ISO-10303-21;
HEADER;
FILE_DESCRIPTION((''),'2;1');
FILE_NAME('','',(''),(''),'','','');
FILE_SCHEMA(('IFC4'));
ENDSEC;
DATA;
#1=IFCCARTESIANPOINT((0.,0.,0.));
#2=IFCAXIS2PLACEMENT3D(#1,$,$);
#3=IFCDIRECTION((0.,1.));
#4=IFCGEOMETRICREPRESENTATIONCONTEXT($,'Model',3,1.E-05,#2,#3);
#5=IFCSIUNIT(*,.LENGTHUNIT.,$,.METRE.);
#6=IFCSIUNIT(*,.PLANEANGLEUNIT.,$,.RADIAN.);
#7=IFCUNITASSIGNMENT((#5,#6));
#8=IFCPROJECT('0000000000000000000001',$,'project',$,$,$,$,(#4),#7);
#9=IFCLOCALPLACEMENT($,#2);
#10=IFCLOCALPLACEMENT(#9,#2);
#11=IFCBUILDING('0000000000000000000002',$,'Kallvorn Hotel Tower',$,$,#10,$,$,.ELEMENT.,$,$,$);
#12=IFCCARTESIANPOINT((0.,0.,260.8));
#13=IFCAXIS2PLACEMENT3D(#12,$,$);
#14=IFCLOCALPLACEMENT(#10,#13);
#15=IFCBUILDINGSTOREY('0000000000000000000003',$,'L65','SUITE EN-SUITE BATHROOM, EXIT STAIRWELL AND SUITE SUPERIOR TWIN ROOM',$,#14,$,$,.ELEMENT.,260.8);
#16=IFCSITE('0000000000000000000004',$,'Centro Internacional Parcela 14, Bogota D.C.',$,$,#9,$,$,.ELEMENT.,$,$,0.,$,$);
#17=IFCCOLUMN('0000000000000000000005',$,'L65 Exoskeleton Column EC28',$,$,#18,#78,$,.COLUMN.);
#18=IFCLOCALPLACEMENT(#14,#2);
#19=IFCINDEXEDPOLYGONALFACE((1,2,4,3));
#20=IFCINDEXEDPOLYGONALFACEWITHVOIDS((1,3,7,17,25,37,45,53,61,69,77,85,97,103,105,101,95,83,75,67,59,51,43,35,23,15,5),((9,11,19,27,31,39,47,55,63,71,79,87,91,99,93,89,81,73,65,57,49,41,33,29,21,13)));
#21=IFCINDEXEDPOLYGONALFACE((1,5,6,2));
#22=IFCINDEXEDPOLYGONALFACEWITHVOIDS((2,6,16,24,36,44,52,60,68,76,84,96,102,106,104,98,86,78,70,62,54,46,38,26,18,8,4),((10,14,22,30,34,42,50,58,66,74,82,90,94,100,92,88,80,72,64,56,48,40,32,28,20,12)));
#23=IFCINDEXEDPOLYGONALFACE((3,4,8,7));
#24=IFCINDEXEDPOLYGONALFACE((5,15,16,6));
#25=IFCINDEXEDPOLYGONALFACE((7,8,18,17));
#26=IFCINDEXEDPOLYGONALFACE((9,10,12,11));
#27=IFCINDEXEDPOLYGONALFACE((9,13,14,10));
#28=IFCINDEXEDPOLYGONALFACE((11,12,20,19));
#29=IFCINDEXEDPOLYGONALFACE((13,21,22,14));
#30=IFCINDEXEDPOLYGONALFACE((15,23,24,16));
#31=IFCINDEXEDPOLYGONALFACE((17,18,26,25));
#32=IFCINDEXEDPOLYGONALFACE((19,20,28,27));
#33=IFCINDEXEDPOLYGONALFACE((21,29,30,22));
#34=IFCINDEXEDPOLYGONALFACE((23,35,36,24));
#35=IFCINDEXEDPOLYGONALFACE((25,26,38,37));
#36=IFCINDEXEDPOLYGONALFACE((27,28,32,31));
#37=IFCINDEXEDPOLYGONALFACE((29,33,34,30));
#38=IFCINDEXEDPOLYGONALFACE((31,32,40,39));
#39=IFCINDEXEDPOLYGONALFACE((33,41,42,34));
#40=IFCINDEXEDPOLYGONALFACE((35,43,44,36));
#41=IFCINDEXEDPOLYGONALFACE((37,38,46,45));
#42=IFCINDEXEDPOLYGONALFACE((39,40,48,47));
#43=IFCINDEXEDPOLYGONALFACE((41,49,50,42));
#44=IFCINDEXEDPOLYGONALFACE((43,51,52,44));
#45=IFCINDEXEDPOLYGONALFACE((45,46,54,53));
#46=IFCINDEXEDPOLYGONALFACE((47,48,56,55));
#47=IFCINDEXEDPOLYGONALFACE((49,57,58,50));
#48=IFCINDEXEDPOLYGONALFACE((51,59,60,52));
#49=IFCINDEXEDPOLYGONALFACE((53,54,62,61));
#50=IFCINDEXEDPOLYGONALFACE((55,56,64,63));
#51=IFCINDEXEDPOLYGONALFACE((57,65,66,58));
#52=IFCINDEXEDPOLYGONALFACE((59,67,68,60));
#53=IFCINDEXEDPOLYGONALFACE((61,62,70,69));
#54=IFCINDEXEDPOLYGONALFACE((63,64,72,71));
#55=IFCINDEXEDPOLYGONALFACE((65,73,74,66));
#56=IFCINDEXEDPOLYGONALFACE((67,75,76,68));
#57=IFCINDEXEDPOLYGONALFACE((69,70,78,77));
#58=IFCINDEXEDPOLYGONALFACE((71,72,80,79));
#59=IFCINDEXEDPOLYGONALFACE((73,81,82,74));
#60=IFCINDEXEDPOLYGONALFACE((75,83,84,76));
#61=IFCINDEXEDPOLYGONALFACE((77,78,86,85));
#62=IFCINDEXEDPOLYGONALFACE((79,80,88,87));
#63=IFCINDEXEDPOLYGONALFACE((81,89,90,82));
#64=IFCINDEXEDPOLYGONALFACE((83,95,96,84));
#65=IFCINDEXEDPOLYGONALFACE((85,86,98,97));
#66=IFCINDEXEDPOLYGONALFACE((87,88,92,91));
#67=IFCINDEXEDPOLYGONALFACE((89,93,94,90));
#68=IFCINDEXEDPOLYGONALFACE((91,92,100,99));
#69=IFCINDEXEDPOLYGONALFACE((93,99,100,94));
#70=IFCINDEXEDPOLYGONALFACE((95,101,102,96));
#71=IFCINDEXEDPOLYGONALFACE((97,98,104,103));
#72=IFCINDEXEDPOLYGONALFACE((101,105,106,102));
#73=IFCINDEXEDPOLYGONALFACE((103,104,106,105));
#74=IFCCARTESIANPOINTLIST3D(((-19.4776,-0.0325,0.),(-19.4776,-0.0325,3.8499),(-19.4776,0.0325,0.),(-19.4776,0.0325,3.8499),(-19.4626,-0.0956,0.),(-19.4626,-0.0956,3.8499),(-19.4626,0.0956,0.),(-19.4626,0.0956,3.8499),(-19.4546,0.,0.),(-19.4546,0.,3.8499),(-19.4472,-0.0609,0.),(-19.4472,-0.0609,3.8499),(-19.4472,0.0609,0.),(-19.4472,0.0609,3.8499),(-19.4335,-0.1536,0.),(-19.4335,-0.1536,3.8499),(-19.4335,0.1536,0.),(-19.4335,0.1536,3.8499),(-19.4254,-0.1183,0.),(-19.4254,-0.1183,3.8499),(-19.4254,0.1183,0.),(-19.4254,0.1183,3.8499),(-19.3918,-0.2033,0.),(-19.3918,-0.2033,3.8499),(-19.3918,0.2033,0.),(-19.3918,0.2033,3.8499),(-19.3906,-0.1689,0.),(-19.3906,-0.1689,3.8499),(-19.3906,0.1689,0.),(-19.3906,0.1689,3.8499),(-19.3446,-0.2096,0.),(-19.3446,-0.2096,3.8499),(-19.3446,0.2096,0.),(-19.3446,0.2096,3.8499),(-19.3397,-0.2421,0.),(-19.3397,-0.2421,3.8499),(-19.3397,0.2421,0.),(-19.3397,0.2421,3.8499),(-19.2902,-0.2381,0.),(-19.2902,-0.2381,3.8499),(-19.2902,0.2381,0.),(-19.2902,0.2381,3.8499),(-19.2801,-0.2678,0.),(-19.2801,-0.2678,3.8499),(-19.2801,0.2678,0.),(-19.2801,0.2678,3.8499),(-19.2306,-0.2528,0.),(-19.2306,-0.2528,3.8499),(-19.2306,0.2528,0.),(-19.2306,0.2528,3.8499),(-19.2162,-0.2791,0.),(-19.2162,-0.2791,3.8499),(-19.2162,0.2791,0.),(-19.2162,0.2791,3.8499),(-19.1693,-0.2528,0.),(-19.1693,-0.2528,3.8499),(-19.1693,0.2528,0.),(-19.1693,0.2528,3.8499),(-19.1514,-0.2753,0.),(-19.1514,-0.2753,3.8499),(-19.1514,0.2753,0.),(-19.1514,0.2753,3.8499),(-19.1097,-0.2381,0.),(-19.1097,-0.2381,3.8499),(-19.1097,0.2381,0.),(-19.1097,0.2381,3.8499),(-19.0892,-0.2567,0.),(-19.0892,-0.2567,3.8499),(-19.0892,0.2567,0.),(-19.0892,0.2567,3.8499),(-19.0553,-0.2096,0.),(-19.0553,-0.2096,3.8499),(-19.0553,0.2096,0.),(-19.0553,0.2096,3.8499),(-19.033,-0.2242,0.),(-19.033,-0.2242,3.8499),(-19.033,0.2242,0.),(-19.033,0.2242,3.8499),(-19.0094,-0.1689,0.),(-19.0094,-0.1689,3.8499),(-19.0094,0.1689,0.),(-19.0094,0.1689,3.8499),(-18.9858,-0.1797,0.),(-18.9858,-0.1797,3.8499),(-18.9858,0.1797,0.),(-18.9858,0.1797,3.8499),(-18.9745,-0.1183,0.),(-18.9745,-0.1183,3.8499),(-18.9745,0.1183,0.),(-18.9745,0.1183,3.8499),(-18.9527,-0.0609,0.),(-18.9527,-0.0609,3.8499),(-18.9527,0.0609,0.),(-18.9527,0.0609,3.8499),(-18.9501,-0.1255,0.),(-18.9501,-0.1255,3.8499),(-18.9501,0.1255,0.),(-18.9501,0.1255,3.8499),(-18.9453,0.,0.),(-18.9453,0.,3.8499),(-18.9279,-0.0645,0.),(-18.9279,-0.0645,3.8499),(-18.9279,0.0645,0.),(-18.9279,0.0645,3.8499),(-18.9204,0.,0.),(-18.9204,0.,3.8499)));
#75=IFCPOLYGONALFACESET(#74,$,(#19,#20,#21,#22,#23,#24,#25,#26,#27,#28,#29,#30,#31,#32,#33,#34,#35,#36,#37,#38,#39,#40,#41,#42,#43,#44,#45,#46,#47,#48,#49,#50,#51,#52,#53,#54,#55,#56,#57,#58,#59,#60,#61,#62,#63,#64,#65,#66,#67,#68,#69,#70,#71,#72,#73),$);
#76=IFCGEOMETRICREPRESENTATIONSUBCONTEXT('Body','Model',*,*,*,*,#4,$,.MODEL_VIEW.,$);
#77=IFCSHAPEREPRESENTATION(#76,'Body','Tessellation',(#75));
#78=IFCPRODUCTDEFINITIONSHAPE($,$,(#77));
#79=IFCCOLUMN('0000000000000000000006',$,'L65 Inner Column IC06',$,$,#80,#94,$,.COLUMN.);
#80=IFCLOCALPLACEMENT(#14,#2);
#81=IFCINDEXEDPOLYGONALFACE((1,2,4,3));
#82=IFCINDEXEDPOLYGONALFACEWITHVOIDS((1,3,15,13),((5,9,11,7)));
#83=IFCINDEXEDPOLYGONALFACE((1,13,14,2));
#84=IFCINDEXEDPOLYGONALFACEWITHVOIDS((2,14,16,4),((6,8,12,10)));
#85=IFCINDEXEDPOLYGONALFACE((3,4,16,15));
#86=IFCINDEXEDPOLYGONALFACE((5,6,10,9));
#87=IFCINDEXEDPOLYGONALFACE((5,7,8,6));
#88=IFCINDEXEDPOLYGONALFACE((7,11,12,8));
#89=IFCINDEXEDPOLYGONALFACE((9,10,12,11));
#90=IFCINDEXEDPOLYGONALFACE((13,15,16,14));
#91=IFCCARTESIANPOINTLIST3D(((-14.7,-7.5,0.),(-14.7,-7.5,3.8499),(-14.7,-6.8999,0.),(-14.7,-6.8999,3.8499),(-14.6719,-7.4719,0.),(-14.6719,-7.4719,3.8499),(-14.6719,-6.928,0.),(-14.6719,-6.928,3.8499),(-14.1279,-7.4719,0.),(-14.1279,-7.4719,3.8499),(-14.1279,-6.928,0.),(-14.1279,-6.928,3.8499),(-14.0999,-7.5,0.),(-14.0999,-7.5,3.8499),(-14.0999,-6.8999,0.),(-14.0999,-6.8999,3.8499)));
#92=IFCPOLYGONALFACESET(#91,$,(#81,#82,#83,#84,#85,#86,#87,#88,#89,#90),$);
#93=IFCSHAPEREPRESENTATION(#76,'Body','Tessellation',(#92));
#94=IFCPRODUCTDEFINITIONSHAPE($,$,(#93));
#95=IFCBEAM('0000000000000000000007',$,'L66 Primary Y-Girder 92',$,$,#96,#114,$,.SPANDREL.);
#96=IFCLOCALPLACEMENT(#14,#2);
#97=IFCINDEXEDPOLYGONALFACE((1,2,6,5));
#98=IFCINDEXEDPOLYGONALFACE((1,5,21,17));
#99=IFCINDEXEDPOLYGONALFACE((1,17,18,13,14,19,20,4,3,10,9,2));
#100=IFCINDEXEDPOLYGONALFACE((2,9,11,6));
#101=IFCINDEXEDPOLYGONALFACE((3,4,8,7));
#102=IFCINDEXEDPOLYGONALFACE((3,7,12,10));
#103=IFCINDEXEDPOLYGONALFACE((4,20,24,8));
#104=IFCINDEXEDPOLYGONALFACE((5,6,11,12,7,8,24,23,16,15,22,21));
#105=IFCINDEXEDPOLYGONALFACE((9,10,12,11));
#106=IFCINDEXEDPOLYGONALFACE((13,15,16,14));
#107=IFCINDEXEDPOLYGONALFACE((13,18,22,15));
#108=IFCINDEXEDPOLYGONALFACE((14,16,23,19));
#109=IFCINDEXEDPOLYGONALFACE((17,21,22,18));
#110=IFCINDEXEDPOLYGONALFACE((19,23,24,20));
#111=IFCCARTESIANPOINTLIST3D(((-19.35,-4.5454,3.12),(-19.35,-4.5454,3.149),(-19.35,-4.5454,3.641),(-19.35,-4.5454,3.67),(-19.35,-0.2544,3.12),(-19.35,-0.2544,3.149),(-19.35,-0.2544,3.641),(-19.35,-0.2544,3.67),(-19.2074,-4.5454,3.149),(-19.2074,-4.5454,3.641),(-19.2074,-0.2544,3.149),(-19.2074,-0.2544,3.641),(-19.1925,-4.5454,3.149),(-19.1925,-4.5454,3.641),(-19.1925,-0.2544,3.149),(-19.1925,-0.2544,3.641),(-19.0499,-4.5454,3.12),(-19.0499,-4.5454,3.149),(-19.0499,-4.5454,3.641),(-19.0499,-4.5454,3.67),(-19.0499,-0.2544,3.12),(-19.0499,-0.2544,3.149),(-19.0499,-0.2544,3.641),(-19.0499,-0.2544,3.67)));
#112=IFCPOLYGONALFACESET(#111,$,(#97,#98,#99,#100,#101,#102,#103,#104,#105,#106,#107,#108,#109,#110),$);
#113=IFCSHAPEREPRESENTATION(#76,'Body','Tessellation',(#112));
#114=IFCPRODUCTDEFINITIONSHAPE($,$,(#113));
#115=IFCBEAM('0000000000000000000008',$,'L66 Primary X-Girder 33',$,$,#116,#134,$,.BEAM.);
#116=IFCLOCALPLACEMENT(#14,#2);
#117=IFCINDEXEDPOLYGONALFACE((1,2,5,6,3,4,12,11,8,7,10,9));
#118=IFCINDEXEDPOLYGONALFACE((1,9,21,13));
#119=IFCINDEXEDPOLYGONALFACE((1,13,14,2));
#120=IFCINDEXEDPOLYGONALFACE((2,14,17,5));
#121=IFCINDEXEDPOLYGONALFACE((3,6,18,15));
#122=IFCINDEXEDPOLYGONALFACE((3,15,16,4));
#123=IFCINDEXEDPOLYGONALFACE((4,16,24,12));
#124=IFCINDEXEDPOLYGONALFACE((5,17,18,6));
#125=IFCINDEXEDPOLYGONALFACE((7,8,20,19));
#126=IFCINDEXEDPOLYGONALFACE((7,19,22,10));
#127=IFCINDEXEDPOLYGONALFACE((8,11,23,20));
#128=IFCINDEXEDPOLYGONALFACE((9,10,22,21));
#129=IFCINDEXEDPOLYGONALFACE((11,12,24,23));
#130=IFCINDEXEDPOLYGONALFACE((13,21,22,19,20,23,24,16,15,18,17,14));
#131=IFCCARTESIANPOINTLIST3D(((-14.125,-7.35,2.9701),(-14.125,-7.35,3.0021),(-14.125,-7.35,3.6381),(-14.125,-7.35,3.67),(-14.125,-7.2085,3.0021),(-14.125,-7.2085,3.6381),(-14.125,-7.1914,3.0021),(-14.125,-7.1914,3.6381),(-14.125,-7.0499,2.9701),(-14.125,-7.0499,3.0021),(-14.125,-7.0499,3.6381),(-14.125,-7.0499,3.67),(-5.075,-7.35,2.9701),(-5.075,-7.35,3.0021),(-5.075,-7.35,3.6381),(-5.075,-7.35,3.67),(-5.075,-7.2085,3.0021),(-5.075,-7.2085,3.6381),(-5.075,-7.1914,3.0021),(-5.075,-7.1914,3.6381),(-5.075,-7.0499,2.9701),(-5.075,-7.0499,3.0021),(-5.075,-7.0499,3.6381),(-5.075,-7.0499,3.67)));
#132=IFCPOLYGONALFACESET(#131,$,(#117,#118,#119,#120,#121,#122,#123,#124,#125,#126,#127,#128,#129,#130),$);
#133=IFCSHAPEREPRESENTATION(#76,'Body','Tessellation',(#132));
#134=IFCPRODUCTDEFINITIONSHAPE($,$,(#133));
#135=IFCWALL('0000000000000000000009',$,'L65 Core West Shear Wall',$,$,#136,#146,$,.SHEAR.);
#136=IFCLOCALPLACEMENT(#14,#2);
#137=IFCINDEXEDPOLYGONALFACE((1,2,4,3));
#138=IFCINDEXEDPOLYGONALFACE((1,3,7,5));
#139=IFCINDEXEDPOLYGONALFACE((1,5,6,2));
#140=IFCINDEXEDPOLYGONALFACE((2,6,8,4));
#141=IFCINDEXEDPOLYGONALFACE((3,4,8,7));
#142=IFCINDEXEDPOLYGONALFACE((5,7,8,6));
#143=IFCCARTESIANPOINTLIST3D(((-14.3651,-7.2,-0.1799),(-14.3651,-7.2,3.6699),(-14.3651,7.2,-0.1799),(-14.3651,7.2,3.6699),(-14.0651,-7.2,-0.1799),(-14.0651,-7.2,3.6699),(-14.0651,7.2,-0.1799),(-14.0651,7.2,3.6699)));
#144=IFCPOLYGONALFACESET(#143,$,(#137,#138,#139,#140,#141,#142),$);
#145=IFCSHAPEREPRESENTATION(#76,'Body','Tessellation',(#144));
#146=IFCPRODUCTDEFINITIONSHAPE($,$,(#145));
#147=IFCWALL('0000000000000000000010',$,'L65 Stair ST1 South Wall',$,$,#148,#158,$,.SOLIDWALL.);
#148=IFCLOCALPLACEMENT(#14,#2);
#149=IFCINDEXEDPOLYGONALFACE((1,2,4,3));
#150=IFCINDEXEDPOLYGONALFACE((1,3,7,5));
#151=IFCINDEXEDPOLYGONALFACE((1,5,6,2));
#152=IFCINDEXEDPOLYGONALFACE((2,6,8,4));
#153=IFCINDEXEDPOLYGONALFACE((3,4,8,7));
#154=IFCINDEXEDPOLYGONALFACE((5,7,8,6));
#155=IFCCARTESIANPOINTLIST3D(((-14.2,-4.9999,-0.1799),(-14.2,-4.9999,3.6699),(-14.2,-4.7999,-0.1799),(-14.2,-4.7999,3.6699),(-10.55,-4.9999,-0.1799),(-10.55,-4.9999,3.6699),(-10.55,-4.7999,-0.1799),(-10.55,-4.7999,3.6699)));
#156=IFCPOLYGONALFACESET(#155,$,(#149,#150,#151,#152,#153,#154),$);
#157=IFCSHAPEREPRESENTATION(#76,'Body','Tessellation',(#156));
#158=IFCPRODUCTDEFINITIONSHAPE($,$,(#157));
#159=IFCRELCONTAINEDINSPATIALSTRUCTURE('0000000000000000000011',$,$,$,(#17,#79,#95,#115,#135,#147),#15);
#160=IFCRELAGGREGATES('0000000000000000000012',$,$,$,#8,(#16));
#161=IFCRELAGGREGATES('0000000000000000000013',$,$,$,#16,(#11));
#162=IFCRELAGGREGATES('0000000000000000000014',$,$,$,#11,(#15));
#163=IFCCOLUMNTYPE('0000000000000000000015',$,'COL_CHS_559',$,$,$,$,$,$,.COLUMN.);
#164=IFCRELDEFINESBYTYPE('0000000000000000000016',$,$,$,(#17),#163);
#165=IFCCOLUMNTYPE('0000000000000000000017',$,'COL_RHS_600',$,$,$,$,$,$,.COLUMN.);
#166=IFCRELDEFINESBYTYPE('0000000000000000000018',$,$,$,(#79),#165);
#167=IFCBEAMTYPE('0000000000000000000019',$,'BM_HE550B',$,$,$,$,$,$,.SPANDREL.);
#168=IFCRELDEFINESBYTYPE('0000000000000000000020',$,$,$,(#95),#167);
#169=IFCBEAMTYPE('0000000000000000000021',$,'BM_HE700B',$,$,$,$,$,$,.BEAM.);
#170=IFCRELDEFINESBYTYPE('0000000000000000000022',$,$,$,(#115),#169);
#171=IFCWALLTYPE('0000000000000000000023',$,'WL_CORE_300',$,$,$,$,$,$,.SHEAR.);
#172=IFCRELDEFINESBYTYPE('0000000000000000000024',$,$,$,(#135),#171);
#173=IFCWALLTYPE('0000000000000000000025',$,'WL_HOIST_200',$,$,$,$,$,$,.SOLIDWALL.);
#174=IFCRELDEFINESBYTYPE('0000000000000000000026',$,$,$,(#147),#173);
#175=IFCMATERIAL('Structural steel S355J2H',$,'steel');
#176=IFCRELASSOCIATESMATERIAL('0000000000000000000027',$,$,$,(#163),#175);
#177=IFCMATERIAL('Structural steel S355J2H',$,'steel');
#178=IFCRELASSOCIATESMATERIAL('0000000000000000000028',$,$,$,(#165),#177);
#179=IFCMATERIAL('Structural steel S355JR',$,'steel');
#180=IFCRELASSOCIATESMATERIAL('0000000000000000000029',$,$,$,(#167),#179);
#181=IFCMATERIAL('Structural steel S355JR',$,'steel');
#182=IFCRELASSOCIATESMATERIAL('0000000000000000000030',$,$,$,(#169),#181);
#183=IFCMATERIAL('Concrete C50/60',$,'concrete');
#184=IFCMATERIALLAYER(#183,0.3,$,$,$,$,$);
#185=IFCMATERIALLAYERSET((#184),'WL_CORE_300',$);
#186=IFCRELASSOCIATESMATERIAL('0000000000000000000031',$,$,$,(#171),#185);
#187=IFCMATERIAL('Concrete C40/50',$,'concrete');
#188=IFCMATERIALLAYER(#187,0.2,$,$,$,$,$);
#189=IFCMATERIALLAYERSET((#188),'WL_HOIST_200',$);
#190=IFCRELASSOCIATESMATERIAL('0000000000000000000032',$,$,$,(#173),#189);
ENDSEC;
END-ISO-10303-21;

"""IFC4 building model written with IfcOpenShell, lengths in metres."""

from ifc_helpers import new_model, si_unit, direction, frame, frame_2d, origin, origin_2d, place, context, subcontext, project, spatial, rectangle, hollow_rectangle, hollow_circle, i_section, extrude, material, layer, layer_set, material_profile, profile_set, type_object, element, save


model = new_model("IFC4")

# Units and contexts
model_context = context("Model", 3, precision=1e-05, world=origin(), true_north=direction((0.0, 1.0)))
body_context = subcontext(model_context, "Body", "Model", "MODEL_VIEW")
ifc_project = project(units=[si_unit("LENGTHUNIT", "METRE"), si_unit("PLANEANGLEUNIT", "RADIAN")], contexts=[model_context])

# Site, building, storey
site_placement = place(None, origin())
site = spatial("IfcSite", under=ifc_project, at=site_placement, Name="Centro Internacional Parcela 14, Bogota D.C.", CompositionType="ELEMENT", RefElevation=0.0)
building_placement = place(site_placement, origin())
building = spatial("IfcBuilding", under=site, at=building_placement, Name="Kallvorn Hotel Tower", CompositionType="ELEMENT")
storey_placement = place(building_placement, frame((0.0, 0.0, 260.8)))
storey = spatial("IfcBuildingStorey", under=building, at=storey_placement, Name="L65", Description="SUITE EN-SUITE BATHROOM, EXIT STAIRWELL AND SUITE SUPERIOR TWIN ROOM", CompositionType="ELEMENT", Elevation=260.8)

# Columns
ifc_material_1 = material(Name="Structural steel S355J2H", Category="steel")
ifc_material_profile_1 = material_profile(ifc_material_1, hollow_circle(Radius=0.2795, WallThickness=0.0249, at=origin_2d()), Name="CHS 559x25")
ifc_profile_set_1 = profile_set([ifc_material_profile_1], Name="Structural steel S355J2H")
column_type_1 = type_object("IfcColumnType", Name="COL_CHS_559", PredefinedType="COLUMN", material=ifc_profile_set_1)
column_1_placement = place(storey_placement, frame((-19.2, 0.0, 0.0), z_axis=(0.0, 0.0, 1.0), x_axis=(1.0, 0.0, 0.0)))
element("IfcColumn", 1, at=column_1_placement, inside=storey, type_object=column_type_1, Name="L65 Exoskeleton Column EC28", PredefinedType="COLUMN", context=body_context, shape_type="SweptSolid", body=[
    extrude(hollow_circle(Radius=0.2795, WallThickness=0.0249, at=origin_2d()), origin(), (0.0, 0.0, 1.0), 3.8499),
])
ifc_material_2 = material(Name="Structural steel S355J2H", Category="steel")
ifc_material_profile_2 = material_profile(ifc_material_2, hollow_rectangle(XDim=0.6001, YDim=0.6001, WallThickness=0.0281, at=origin_2d()), Name="RHS 600x600x28")
ifc_profile_set_2 = profile_set([ifc_material_profile_2], Name="Structural steel S355J2H")
column_type_2 = type_object("IfcColumnType", Name="COL_RHS_600", PredefinedType="COLUMN", material=ifc_profile_set_2)
column_2_placement = place(storey_placement, frame((-14.3999, -7.2, 0.0), z_axis=(0.0, 0.0, 1.0), x_axis=(1.0, 0.0, 0.0)))
element("IfcColumn", 2, at=column_2_placement, inside=storey, type_object=column_type_2, Name="L65 Inner Column IC06", PredefinedType="COLUMN", context=body_context, shape_type="SweptSolid", body=[
    extrude(hollow_rectangle(XDim=0.6001, YDim=0.6001, WallThickness=0.0281, at=origin_2d()), origin(), (0.0, 0.0, 1.0), 3.8499),
])

# Beams
ifc_material_3 = material(Name="Structural steel S355JR", Category="steel")
ifc_material_profile_3 = material_profile(ifc_material_3, i_section(OverallWidth=0.3, OverallDepth=0.55, WebThickness=0.0149, FlangeThickness=0.0291, at=origin_2d()), Name="HE 550 B")
ifc_profile_set_3 = profile_set([ifc_material_profile_3], Name="Structural steel S355JR")
beam_type_1 = type_object("IfcBeamType", Name="BM_HE550B", PredefinedType="SPANDREL", material=ifc_profile_set_3)
beam_1_placement = place(storey_placement, frame((-19.2, -4.5454, 3.395), z_axis=(0.0, 1.0, 0.0), x_axis=(-1.0, 0.0, 0.0)))
element("IfcBeam", 3, at=beam_1_placement, inside=storey, type_object=beam_type_1, Name="L66 Primary Y-Girder 92", PredefinedType="SPANDREL", context=body_context, shape_type="SweptSolid", body=[
    extrude(i_section(OverallWidth=0.3, OverallDepth=0.55, WebThickness=0.0149, FlangeThickness=0.0291, at=origin_2d()), origin(), (0.0, 0.0, 1.0), 4.291),
])
ifc_material_4 = material(Name="Structural steel S355JR", Category="steel")
ifc_material_profile_4 = material_profile(ifc_material_4, i_section(OverallWidth=0.3, OverallDepth=0.7, WebThickness=0.0171, FlangeThickness=0.032, at=origin_2d()), Name="HE 700 B")
ifc_profile_set_4 = profile_set([ifc_material_profile_4], Name="Structural steel S355JR")
beam_type_2 = type_object("IfcBeamType", Name="BM_HE700B", PredefinedType="BEAM", material=ifc_profile_set_4)
beam_2_placement = place(storey_placement, frame((-14.125, -7.2, 3.3201), z_axis=(1.0, 0.0, 0.0), x_axis=(0.0, 1.0, 0.0)))
element("IfcBeam", 4, at=beam_2_placement, inside=storey, type_object=beam_type_2, Name="L66 Primary X-Girder 33", PredefinedType="BEAM", context=body_context, shape_type="SweptSolid", body=[
    extrude(i_section(OverallWidth=0.3, OverallDepth=0.7, WebThickness=0.0171, FlangeThickness=0.032, at=origin_2d()), origin(), (0.0, 0.0, 1.0), 9.05),
])

# Walls
ifc_material_5 = material(Name="Concrete C50/60", Category="concrete")
ifc_layer_1 = layer(ifc_material_5, 0.3)
ifc_layer_set_1 = layer_set([ifc_layer_1], Name="WL_CORE_300")
wall_type_1 = type_object("IfcWallType", Name="WL_CORE_300", PredefinedType="SHEAR", material=ifc_layer_set_1)
wall_1_placement = place(storey_placement, frame((-14.2151, -7.2, -0.1799), z_axis=(0.0, 0.0, 1.0), x_axis=(0.0, 1.0, 0.0)))
element("IfcWall", 5, at=wall_1_placement, inside=storey, type_object=wall_type_1, Name="L65 Core West Shear Wall", PredefinedType="SHEAR", context=body_context, shape_type="SweptSolid", body=[
    extrude(rectangle(XDim=14.3999, YDim=0.3, at=frame_2d((7.2, 0.0))), origin(), (0.0, 0.0, 1.0), 3.8499),
])
ifc_material_6 = material(Name="Concrete C40/50", Category="concrete")
ifc_layer_2 = layer(ifc_material_6, 0.2)
ifc_layer_set_2 = layer_set([ifc_layer_2], Name="WL_HOIST_200")
wall_type_2 = type_object("IfcWallType", Name="WL_HOIST_200", PredefinedType="SOLIDWALL", material=ifc_layer_set_2)
wall_2_placement = place(storey_placement, frame((-14.2, -4.8999, -0.1799), z_axis=(0.0, 0.0, 1.0), x_axis=(1.0, 0.0, 0.0)))
element("IfcWall", 6, at=wall_2_placement, inside=storey, type_object=wall_type_2, Name="L65 Stair ST1 South Wall", PredefinedType="SOLIDWALL", context=body_context, shape_type="SweptSolid", body=[
    extrude(rectangle(XDim=3.6499, YDim=0.2, at=frame_2d((1.825, 0.0))), origin(), (0.0, 0.0, 1.0), 3.8499),
])

save(model, "model.ifc")
